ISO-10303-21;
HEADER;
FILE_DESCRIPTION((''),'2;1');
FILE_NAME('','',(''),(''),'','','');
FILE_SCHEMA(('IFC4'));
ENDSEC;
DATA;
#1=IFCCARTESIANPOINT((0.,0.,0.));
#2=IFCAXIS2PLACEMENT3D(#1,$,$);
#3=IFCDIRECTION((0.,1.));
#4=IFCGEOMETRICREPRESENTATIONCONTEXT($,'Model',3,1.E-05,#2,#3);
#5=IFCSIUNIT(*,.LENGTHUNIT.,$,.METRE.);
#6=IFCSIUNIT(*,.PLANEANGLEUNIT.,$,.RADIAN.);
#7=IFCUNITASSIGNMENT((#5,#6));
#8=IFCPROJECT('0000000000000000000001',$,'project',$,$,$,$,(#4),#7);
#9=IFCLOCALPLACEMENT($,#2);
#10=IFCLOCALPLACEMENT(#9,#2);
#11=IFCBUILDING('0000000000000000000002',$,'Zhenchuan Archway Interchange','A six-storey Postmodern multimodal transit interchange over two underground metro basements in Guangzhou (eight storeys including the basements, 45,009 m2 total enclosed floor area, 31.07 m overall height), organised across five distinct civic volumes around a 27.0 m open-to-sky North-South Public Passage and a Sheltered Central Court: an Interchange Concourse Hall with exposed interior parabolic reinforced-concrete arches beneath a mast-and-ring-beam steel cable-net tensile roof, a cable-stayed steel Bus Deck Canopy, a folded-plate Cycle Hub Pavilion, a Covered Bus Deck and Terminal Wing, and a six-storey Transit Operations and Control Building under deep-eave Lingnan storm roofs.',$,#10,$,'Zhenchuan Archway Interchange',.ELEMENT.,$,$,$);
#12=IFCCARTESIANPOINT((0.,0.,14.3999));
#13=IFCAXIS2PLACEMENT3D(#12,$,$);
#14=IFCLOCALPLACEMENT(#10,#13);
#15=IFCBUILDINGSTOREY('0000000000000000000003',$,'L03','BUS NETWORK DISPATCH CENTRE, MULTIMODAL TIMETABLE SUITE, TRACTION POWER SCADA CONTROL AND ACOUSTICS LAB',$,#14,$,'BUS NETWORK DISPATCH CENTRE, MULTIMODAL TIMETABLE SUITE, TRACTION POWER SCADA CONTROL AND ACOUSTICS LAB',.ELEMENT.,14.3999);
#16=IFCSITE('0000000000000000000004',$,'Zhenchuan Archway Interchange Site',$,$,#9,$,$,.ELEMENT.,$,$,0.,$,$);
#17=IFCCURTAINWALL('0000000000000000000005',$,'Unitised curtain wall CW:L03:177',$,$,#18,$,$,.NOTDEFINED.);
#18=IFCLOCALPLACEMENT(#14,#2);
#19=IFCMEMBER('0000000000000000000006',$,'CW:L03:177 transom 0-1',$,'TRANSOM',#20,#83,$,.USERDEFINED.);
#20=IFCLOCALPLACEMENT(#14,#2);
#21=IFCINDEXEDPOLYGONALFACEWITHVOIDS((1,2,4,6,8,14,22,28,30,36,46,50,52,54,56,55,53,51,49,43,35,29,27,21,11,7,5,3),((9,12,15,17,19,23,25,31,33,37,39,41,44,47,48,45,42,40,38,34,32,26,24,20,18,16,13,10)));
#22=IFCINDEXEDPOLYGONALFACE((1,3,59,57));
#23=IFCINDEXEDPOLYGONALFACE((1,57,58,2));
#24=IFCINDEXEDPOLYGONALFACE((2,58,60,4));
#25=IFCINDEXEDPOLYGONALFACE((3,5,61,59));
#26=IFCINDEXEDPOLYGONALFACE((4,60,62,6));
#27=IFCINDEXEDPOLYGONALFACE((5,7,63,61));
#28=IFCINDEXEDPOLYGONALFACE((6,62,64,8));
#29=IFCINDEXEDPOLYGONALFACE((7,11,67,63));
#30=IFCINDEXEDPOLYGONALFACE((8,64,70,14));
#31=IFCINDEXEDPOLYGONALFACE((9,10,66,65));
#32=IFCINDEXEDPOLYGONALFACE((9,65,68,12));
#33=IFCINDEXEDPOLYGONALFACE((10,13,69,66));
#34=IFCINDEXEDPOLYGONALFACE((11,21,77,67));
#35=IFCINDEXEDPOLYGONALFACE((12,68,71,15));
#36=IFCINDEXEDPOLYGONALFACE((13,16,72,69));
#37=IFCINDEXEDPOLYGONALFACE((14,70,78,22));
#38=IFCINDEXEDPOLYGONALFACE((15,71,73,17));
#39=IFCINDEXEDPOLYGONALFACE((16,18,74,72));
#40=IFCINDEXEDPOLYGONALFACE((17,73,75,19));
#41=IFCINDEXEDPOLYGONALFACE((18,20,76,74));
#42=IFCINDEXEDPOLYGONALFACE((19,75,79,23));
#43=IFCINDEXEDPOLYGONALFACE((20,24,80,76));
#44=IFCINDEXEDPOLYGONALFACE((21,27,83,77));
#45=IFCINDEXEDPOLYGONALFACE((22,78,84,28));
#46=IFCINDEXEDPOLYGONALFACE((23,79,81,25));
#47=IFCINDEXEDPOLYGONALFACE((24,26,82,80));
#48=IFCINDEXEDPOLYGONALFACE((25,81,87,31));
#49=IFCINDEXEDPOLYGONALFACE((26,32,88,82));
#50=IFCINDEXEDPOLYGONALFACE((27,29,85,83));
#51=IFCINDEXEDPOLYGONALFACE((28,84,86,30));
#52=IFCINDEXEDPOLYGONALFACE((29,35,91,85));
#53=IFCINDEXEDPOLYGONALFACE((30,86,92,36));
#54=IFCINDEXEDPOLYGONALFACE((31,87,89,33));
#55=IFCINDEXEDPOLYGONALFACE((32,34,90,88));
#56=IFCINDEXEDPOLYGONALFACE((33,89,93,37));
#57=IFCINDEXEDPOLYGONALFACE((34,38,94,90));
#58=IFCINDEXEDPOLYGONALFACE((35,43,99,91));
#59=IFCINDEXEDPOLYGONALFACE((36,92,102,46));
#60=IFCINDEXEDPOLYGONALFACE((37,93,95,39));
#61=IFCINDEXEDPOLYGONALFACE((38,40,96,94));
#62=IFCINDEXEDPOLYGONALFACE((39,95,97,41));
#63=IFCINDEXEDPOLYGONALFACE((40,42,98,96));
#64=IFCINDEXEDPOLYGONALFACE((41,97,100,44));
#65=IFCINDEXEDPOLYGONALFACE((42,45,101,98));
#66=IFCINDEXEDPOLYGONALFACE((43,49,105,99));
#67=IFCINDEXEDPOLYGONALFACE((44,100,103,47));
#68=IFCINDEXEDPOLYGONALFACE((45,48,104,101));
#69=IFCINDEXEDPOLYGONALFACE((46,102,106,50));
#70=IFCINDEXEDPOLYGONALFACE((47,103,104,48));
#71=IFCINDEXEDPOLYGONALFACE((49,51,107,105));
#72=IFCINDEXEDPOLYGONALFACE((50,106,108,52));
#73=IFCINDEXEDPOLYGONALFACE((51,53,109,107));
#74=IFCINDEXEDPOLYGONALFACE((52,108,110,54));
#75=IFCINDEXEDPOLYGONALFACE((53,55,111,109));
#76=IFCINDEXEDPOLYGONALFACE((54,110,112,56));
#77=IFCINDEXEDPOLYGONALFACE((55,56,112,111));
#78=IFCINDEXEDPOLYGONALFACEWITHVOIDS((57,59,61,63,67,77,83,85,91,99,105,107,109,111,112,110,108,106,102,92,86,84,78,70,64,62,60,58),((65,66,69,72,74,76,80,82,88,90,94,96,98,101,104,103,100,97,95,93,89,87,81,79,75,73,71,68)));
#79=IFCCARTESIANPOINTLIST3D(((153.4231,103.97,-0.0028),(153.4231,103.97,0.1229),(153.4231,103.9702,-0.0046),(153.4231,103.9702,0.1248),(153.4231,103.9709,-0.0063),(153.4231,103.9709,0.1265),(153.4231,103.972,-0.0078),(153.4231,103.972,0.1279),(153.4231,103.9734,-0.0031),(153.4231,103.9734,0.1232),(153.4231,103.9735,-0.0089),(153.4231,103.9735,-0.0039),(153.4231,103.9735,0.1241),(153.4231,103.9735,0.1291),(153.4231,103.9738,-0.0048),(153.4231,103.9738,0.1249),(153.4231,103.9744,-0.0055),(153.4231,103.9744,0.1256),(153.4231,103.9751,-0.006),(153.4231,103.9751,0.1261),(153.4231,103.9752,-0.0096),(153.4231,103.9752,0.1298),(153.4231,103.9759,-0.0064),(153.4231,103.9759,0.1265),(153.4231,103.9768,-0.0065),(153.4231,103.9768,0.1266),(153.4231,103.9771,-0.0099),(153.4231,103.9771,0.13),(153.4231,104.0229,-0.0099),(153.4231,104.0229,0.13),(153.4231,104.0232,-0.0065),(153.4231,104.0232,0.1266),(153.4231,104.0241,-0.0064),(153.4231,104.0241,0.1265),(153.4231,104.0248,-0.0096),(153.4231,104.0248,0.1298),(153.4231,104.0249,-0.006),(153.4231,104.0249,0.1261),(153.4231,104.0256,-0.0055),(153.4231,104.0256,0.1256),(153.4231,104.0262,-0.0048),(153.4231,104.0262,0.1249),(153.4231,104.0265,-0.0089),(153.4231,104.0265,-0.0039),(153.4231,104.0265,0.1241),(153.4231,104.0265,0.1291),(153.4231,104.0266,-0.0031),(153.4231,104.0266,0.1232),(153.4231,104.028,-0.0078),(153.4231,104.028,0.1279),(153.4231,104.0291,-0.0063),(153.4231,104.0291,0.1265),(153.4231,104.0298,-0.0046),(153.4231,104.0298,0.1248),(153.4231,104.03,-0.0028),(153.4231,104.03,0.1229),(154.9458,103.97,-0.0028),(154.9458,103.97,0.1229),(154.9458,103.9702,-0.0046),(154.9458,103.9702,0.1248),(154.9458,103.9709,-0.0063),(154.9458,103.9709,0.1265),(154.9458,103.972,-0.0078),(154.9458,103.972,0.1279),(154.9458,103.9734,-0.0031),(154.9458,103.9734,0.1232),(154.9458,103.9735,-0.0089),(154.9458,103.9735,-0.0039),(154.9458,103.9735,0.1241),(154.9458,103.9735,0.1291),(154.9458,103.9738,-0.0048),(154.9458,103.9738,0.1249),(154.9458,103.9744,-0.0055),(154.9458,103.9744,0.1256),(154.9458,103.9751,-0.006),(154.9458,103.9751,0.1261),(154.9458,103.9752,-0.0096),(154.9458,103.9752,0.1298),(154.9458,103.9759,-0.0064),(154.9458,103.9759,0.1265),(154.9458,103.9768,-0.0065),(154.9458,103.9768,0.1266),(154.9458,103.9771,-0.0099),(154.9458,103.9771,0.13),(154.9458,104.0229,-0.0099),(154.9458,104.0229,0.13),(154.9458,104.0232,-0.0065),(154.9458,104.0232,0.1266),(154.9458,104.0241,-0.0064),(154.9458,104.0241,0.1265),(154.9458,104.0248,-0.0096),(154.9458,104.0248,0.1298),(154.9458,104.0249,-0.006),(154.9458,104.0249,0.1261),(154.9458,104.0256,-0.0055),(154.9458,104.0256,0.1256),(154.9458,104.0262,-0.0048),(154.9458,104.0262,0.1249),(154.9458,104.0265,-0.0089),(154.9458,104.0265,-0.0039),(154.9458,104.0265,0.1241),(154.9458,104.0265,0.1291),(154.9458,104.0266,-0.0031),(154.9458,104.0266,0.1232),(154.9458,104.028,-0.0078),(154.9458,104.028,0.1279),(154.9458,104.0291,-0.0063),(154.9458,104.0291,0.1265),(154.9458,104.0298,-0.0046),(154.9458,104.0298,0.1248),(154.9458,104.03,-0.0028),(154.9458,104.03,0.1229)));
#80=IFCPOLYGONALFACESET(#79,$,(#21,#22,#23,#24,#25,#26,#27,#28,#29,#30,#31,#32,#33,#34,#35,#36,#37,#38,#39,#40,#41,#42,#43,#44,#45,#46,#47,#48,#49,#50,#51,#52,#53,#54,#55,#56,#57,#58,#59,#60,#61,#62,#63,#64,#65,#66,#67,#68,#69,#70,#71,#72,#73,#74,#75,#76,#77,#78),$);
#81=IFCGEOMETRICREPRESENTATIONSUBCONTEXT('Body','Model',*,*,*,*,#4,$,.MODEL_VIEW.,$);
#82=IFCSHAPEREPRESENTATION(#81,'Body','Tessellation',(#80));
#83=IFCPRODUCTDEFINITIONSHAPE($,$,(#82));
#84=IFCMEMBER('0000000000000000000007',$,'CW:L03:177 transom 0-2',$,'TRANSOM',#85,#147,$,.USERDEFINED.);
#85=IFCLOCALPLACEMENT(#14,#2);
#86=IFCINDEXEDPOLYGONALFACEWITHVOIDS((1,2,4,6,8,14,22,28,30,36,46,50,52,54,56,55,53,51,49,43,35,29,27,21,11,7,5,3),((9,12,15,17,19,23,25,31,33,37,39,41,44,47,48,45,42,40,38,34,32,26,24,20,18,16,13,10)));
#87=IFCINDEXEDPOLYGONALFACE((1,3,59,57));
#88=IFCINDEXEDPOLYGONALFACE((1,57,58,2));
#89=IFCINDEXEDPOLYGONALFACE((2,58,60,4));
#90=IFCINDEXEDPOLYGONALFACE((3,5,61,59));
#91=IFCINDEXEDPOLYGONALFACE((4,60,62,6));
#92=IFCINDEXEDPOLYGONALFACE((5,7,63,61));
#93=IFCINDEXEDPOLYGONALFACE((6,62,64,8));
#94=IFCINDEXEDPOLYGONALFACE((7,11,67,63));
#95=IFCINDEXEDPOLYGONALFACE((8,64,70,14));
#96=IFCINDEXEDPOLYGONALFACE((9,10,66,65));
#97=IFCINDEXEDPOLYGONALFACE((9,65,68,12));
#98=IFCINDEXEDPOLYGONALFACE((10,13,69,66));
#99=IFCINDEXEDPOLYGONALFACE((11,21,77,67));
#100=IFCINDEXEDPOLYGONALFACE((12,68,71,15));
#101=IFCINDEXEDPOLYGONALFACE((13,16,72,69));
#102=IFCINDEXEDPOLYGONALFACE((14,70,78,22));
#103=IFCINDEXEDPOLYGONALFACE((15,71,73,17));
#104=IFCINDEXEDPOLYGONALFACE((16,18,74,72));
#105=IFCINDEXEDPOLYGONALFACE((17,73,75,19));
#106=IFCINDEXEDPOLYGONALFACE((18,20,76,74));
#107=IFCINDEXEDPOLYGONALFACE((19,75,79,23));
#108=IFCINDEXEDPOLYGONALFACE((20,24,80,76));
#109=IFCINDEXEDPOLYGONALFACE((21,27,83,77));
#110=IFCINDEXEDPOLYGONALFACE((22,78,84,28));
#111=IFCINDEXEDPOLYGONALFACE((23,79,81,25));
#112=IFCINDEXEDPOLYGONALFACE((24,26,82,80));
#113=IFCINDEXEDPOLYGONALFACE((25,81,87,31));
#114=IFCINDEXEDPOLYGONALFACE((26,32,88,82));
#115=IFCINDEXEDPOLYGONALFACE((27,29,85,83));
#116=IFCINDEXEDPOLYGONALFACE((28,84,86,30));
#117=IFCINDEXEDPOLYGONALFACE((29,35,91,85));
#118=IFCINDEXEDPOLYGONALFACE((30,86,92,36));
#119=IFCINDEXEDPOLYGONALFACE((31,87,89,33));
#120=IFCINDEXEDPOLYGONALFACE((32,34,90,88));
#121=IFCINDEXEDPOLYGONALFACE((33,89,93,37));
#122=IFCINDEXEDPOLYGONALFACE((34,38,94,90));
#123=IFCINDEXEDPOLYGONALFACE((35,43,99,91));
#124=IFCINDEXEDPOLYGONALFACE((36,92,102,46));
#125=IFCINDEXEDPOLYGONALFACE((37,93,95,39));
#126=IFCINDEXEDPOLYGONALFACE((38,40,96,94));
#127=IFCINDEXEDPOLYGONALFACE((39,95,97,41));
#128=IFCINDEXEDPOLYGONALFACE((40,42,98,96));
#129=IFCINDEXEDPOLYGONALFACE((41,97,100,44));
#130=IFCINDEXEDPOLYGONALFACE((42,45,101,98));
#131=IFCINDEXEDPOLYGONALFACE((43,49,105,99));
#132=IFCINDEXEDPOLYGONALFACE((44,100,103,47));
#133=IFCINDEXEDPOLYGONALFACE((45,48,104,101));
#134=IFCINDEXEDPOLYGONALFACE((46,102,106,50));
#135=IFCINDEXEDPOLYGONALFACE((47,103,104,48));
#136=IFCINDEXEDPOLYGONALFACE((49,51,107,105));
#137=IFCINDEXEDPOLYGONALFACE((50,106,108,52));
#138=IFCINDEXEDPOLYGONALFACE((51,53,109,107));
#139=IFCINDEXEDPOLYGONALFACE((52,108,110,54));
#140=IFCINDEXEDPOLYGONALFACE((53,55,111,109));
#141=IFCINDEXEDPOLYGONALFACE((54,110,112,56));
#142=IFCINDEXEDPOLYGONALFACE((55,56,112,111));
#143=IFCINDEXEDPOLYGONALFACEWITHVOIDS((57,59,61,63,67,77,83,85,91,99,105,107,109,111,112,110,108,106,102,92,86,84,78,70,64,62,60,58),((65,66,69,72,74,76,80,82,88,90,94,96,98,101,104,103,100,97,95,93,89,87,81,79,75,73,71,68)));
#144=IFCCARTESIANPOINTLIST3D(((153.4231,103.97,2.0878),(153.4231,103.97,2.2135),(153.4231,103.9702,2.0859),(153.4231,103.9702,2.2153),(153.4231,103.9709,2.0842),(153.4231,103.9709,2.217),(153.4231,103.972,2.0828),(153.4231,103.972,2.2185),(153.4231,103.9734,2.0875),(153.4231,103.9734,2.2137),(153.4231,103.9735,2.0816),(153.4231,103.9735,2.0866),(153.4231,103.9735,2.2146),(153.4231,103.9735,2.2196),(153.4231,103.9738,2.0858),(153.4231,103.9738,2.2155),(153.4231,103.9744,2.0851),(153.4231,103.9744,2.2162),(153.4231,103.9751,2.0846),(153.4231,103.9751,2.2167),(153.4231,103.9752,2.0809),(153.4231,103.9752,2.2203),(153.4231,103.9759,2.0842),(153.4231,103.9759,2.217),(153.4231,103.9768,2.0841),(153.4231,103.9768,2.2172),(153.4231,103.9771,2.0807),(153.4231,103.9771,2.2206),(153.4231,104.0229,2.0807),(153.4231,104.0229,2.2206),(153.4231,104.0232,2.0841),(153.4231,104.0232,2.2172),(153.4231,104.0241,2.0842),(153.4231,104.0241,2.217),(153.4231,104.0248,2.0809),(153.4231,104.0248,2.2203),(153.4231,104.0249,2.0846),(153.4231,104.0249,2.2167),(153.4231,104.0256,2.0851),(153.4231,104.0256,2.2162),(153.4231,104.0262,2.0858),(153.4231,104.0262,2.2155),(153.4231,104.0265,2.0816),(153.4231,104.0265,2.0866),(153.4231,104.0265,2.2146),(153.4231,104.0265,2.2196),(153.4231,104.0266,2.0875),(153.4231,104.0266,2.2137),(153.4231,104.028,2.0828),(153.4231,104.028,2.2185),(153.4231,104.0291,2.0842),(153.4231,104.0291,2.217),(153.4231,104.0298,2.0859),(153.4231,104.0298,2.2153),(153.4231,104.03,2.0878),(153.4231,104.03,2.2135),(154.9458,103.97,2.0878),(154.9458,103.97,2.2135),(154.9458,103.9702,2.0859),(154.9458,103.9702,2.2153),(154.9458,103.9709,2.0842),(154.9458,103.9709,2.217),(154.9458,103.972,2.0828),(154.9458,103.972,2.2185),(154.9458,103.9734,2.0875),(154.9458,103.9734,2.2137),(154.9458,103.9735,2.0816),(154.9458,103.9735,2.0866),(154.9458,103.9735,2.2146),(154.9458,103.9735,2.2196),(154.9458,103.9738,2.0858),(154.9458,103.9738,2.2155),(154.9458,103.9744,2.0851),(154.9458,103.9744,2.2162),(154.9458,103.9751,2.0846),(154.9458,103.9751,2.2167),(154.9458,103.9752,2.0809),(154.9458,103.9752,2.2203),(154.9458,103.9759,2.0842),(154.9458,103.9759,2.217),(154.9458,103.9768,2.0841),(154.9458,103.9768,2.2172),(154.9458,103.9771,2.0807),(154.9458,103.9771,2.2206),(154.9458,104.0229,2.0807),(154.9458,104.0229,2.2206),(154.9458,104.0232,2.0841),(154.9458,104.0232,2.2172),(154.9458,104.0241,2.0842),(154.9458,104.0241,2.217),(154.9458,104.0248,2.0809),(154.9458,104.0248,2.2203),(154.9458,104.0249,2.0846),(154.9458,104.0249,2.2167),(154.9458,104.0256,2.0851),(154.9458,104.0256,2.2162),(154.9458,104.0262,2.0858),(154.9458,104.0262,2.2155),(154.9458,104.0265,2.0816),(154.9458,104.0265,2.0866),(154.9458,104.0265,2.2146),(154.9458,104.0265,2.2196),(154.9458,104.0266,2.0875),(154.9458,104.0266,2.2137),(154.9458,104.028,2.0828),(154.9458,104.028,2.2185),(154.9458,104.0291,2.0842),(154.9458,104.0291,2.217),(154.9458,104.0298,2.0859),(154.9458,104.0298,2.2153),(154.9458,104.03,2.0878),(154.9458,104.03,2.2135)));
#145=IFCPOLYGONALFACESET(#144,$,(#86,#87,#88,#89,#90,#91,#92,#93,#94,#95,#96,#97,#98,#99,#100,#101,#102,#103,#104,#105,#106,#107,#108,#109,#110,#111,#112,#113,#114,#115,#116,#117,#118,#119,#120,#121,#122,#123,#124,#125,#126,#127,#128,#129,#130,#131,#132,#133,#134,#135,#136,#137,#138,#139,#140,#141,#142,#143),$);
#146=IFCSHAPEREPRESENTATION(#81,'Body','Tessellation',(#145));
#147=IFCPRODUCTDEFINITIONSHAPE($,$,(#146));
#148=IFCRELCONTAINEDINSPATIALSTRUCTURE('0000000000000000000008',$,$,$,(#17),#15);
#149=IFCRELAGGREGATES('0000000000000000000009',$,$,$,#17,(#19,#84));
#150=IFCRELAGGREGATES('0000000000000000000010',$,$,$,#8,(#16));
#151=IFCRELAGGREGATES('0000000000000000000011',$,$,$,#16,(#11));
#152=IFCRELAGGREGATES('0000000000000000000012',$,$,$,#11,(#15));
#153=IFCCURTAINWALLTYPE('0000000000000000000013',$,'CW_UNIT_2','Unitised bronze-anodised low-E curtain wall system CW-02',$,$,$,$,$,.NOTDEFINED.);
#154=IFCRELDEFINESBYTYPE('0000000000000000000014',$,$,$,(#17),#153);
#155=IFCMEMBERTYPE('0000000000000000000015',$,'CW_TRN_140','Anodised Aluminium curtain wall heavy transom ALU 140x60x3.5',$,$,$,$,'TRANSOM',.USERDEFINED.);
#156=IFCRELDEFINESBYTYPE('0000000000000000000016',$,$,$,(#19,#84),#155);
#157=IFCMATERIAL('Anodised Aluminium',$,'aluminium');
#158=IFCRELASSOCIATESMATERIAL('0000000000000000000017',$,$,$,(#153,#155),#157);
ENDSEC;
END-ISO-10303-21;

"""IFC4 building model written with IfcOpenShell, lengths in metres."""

from ifc_helpers import new_model, si_unit, direction, frame, origin, origin_2d, place, context, subcontext, project, spatial, hollow_rectangle, extrude, material, material_profile, profile_set, type_object, element, aggregate, save


model = new_model("IFC4")

# Units and contexts
model_context = context("Model", 3, precision=1e-05, world=origin(), true_north=direction((0.0, 1.0)))
body_context = subcontext(model_context, "Body", "Model", "MODEL_VIEW")
ifc_project = project(units=[si_unit("LENGTHUNIT", "METRE"), si_unit("PLANEANGLEUNIT", "RADIAN")], contexts=[model_context])

# Site, building, storey
site_placement = place(None, origin())
site = spatial("IfcSite", under=ifc_project, at=site_placement, Name="Zhenchuan Archway Interchange Site", CompositionType="ELEMENT", RefElevation=0.0)
building_placement = place(site_placement, origin())
building = spatial("IfcBuilding", under=site, at=building_placement, Name="Zhenchuan Archway Interchange", Description="A six-storey Postmodern multimodal transit interchange over two underground metro basements in Guangzhou (eight storeys including the basements, 45,009 m2 total enclosed floor area, 31.07 m overall height), organised across five distinct civic volumes around a 27.0 m open-to-sky North-South Public Passage and a Sheltered Central Court: an Interchange Concourse Hall with exposed interior parabolic reinforced-concrete arches beneath a mast-and-ring-beam steel cable-net tensile roof, a cable-stayed steel Bus Deck Canopy, a folded-plate Cycle Hub Pavilion, a Covered Bus Deck and Terminal Wing, and a six-storey Transit Operations and Control Building under deep-eave Lingnan storm roofs.", LongName="Zhenchuan Archway Interchange", CompositionType="ELEMENT")
storey_placement = place(building_placement, frame((0.0, 0.0, 14.3999)))
storey = spatial("IfcBuildingStorey", under=building, at=storey_placement, Name="L03", Description="BUS NETWORK DISPATCH CENTRE, MULTIMODAL TIMETABLE SUITE, TRACTION POWER SCADA CONTROL AND ACOUSTICS LAB", LongName="BUS NETWORK DISPATCH CENTRE, MULTIMODAL TIMETABLE SUITE, TRACTION POWER SCADA CONTROL AND ACOUSTICS LAB", CompositionType="ELEMENT", Elevation=14.3999)

# Curtain wall, members
ifc_material_1 = material(Name="Anodised Aluminium", Category="aluminium")
curtain_wall_type = type_object("IfcCurtainWallType", Name="CW_UNIT_2", Description="Unitised bronze-anodised low-E curtain wall system CW-02", PredefinedType="NOTDEFINED", material=ifc_material_1)
curtain_wall_placement = place(storey_placement, origin())
curtain_wall = element("IfcCurtainWall", 1, at=curtain_wall_placement, inside=storey, type_object=curtain_wall_type, Name="Unitised curtain wall CW:L03:177", PredefinedType="NOTDEFINED")
ifc_material_profile_1 = material_profile(ifc_material_1, hollow_rectangle(XDim=0.0601, YDim=0.1399, WallThickness=0.0034, InnerFilletRadius=0.0034, OuterFilletRadius=0.0071, at=origin_2d()), Name="ALU 140x60x3.5")
ifc_profile_set_1 = profile_set([ifc_material_profile_1], Name="Anodised Aluminium")
member_type_1 = type_object("IfcMemberType", Name="CW_TRN_140", Description="Anodised Aluminium curtain wall heavy transom ALU 140x60x3.5", ElementType="TRANSOM", PredefinedType="USERDEFINED", material=ifc_profile_set_1)
member_1_placement = place(storey_placement, frame((153.4231, 104.0, 0.0601), z_axis=(1.0, 0.0, 0.0), x_axis=(0.0, 1.0, 0.0)))
member_1 = element("IfcMember", 2, at=member_1_placement, type_object=member_type_1, Name="CW:L03:177 transom 0-1", ObjectType="TRANSOM", PredefinedType="USERDEFINED", context=body_context, shape_type="SweptSolid", body=[
    extrude(hollow_rectangle(XDim=0.0601, YDim=0.1399, WallThickness=0.0034, InnerFilletRadius=0.0034, OuterFilletRadius=0.0071, at=origin_2d()), origin(), (0.0, 0.0, 1.0), 1.5227),
])
member_2_placement = place(storey_placement, frame((153.4231, 104.0, 2.1506), z_axis=(1.0, 0.0, 0.0), x_axis=(0.0, 1.0, 0.0)))
member_2 = element("IfcMember", 3, at=member_2_placement, type_object=member_type_1, Name="CW:L03:177 transom 0-2", ObjectType="TRANSOM", PredefinedType="USERDEFINED", context=body_context, shape_type="SweptSolid", body=[
    extrude(hollow_rectangle(XDim=0.0601, YDim=0.1399, WallThickness=0.0034, InnerFilletRadius=0.0034, OuterFilletRadius=0.0071, at=origin_2d()), origin(), (0.0, 0.0, 1.0), 1.5227),
])

aggregate(curtain_wall, [member_1, member_2])

save(model, "model.ifc")
